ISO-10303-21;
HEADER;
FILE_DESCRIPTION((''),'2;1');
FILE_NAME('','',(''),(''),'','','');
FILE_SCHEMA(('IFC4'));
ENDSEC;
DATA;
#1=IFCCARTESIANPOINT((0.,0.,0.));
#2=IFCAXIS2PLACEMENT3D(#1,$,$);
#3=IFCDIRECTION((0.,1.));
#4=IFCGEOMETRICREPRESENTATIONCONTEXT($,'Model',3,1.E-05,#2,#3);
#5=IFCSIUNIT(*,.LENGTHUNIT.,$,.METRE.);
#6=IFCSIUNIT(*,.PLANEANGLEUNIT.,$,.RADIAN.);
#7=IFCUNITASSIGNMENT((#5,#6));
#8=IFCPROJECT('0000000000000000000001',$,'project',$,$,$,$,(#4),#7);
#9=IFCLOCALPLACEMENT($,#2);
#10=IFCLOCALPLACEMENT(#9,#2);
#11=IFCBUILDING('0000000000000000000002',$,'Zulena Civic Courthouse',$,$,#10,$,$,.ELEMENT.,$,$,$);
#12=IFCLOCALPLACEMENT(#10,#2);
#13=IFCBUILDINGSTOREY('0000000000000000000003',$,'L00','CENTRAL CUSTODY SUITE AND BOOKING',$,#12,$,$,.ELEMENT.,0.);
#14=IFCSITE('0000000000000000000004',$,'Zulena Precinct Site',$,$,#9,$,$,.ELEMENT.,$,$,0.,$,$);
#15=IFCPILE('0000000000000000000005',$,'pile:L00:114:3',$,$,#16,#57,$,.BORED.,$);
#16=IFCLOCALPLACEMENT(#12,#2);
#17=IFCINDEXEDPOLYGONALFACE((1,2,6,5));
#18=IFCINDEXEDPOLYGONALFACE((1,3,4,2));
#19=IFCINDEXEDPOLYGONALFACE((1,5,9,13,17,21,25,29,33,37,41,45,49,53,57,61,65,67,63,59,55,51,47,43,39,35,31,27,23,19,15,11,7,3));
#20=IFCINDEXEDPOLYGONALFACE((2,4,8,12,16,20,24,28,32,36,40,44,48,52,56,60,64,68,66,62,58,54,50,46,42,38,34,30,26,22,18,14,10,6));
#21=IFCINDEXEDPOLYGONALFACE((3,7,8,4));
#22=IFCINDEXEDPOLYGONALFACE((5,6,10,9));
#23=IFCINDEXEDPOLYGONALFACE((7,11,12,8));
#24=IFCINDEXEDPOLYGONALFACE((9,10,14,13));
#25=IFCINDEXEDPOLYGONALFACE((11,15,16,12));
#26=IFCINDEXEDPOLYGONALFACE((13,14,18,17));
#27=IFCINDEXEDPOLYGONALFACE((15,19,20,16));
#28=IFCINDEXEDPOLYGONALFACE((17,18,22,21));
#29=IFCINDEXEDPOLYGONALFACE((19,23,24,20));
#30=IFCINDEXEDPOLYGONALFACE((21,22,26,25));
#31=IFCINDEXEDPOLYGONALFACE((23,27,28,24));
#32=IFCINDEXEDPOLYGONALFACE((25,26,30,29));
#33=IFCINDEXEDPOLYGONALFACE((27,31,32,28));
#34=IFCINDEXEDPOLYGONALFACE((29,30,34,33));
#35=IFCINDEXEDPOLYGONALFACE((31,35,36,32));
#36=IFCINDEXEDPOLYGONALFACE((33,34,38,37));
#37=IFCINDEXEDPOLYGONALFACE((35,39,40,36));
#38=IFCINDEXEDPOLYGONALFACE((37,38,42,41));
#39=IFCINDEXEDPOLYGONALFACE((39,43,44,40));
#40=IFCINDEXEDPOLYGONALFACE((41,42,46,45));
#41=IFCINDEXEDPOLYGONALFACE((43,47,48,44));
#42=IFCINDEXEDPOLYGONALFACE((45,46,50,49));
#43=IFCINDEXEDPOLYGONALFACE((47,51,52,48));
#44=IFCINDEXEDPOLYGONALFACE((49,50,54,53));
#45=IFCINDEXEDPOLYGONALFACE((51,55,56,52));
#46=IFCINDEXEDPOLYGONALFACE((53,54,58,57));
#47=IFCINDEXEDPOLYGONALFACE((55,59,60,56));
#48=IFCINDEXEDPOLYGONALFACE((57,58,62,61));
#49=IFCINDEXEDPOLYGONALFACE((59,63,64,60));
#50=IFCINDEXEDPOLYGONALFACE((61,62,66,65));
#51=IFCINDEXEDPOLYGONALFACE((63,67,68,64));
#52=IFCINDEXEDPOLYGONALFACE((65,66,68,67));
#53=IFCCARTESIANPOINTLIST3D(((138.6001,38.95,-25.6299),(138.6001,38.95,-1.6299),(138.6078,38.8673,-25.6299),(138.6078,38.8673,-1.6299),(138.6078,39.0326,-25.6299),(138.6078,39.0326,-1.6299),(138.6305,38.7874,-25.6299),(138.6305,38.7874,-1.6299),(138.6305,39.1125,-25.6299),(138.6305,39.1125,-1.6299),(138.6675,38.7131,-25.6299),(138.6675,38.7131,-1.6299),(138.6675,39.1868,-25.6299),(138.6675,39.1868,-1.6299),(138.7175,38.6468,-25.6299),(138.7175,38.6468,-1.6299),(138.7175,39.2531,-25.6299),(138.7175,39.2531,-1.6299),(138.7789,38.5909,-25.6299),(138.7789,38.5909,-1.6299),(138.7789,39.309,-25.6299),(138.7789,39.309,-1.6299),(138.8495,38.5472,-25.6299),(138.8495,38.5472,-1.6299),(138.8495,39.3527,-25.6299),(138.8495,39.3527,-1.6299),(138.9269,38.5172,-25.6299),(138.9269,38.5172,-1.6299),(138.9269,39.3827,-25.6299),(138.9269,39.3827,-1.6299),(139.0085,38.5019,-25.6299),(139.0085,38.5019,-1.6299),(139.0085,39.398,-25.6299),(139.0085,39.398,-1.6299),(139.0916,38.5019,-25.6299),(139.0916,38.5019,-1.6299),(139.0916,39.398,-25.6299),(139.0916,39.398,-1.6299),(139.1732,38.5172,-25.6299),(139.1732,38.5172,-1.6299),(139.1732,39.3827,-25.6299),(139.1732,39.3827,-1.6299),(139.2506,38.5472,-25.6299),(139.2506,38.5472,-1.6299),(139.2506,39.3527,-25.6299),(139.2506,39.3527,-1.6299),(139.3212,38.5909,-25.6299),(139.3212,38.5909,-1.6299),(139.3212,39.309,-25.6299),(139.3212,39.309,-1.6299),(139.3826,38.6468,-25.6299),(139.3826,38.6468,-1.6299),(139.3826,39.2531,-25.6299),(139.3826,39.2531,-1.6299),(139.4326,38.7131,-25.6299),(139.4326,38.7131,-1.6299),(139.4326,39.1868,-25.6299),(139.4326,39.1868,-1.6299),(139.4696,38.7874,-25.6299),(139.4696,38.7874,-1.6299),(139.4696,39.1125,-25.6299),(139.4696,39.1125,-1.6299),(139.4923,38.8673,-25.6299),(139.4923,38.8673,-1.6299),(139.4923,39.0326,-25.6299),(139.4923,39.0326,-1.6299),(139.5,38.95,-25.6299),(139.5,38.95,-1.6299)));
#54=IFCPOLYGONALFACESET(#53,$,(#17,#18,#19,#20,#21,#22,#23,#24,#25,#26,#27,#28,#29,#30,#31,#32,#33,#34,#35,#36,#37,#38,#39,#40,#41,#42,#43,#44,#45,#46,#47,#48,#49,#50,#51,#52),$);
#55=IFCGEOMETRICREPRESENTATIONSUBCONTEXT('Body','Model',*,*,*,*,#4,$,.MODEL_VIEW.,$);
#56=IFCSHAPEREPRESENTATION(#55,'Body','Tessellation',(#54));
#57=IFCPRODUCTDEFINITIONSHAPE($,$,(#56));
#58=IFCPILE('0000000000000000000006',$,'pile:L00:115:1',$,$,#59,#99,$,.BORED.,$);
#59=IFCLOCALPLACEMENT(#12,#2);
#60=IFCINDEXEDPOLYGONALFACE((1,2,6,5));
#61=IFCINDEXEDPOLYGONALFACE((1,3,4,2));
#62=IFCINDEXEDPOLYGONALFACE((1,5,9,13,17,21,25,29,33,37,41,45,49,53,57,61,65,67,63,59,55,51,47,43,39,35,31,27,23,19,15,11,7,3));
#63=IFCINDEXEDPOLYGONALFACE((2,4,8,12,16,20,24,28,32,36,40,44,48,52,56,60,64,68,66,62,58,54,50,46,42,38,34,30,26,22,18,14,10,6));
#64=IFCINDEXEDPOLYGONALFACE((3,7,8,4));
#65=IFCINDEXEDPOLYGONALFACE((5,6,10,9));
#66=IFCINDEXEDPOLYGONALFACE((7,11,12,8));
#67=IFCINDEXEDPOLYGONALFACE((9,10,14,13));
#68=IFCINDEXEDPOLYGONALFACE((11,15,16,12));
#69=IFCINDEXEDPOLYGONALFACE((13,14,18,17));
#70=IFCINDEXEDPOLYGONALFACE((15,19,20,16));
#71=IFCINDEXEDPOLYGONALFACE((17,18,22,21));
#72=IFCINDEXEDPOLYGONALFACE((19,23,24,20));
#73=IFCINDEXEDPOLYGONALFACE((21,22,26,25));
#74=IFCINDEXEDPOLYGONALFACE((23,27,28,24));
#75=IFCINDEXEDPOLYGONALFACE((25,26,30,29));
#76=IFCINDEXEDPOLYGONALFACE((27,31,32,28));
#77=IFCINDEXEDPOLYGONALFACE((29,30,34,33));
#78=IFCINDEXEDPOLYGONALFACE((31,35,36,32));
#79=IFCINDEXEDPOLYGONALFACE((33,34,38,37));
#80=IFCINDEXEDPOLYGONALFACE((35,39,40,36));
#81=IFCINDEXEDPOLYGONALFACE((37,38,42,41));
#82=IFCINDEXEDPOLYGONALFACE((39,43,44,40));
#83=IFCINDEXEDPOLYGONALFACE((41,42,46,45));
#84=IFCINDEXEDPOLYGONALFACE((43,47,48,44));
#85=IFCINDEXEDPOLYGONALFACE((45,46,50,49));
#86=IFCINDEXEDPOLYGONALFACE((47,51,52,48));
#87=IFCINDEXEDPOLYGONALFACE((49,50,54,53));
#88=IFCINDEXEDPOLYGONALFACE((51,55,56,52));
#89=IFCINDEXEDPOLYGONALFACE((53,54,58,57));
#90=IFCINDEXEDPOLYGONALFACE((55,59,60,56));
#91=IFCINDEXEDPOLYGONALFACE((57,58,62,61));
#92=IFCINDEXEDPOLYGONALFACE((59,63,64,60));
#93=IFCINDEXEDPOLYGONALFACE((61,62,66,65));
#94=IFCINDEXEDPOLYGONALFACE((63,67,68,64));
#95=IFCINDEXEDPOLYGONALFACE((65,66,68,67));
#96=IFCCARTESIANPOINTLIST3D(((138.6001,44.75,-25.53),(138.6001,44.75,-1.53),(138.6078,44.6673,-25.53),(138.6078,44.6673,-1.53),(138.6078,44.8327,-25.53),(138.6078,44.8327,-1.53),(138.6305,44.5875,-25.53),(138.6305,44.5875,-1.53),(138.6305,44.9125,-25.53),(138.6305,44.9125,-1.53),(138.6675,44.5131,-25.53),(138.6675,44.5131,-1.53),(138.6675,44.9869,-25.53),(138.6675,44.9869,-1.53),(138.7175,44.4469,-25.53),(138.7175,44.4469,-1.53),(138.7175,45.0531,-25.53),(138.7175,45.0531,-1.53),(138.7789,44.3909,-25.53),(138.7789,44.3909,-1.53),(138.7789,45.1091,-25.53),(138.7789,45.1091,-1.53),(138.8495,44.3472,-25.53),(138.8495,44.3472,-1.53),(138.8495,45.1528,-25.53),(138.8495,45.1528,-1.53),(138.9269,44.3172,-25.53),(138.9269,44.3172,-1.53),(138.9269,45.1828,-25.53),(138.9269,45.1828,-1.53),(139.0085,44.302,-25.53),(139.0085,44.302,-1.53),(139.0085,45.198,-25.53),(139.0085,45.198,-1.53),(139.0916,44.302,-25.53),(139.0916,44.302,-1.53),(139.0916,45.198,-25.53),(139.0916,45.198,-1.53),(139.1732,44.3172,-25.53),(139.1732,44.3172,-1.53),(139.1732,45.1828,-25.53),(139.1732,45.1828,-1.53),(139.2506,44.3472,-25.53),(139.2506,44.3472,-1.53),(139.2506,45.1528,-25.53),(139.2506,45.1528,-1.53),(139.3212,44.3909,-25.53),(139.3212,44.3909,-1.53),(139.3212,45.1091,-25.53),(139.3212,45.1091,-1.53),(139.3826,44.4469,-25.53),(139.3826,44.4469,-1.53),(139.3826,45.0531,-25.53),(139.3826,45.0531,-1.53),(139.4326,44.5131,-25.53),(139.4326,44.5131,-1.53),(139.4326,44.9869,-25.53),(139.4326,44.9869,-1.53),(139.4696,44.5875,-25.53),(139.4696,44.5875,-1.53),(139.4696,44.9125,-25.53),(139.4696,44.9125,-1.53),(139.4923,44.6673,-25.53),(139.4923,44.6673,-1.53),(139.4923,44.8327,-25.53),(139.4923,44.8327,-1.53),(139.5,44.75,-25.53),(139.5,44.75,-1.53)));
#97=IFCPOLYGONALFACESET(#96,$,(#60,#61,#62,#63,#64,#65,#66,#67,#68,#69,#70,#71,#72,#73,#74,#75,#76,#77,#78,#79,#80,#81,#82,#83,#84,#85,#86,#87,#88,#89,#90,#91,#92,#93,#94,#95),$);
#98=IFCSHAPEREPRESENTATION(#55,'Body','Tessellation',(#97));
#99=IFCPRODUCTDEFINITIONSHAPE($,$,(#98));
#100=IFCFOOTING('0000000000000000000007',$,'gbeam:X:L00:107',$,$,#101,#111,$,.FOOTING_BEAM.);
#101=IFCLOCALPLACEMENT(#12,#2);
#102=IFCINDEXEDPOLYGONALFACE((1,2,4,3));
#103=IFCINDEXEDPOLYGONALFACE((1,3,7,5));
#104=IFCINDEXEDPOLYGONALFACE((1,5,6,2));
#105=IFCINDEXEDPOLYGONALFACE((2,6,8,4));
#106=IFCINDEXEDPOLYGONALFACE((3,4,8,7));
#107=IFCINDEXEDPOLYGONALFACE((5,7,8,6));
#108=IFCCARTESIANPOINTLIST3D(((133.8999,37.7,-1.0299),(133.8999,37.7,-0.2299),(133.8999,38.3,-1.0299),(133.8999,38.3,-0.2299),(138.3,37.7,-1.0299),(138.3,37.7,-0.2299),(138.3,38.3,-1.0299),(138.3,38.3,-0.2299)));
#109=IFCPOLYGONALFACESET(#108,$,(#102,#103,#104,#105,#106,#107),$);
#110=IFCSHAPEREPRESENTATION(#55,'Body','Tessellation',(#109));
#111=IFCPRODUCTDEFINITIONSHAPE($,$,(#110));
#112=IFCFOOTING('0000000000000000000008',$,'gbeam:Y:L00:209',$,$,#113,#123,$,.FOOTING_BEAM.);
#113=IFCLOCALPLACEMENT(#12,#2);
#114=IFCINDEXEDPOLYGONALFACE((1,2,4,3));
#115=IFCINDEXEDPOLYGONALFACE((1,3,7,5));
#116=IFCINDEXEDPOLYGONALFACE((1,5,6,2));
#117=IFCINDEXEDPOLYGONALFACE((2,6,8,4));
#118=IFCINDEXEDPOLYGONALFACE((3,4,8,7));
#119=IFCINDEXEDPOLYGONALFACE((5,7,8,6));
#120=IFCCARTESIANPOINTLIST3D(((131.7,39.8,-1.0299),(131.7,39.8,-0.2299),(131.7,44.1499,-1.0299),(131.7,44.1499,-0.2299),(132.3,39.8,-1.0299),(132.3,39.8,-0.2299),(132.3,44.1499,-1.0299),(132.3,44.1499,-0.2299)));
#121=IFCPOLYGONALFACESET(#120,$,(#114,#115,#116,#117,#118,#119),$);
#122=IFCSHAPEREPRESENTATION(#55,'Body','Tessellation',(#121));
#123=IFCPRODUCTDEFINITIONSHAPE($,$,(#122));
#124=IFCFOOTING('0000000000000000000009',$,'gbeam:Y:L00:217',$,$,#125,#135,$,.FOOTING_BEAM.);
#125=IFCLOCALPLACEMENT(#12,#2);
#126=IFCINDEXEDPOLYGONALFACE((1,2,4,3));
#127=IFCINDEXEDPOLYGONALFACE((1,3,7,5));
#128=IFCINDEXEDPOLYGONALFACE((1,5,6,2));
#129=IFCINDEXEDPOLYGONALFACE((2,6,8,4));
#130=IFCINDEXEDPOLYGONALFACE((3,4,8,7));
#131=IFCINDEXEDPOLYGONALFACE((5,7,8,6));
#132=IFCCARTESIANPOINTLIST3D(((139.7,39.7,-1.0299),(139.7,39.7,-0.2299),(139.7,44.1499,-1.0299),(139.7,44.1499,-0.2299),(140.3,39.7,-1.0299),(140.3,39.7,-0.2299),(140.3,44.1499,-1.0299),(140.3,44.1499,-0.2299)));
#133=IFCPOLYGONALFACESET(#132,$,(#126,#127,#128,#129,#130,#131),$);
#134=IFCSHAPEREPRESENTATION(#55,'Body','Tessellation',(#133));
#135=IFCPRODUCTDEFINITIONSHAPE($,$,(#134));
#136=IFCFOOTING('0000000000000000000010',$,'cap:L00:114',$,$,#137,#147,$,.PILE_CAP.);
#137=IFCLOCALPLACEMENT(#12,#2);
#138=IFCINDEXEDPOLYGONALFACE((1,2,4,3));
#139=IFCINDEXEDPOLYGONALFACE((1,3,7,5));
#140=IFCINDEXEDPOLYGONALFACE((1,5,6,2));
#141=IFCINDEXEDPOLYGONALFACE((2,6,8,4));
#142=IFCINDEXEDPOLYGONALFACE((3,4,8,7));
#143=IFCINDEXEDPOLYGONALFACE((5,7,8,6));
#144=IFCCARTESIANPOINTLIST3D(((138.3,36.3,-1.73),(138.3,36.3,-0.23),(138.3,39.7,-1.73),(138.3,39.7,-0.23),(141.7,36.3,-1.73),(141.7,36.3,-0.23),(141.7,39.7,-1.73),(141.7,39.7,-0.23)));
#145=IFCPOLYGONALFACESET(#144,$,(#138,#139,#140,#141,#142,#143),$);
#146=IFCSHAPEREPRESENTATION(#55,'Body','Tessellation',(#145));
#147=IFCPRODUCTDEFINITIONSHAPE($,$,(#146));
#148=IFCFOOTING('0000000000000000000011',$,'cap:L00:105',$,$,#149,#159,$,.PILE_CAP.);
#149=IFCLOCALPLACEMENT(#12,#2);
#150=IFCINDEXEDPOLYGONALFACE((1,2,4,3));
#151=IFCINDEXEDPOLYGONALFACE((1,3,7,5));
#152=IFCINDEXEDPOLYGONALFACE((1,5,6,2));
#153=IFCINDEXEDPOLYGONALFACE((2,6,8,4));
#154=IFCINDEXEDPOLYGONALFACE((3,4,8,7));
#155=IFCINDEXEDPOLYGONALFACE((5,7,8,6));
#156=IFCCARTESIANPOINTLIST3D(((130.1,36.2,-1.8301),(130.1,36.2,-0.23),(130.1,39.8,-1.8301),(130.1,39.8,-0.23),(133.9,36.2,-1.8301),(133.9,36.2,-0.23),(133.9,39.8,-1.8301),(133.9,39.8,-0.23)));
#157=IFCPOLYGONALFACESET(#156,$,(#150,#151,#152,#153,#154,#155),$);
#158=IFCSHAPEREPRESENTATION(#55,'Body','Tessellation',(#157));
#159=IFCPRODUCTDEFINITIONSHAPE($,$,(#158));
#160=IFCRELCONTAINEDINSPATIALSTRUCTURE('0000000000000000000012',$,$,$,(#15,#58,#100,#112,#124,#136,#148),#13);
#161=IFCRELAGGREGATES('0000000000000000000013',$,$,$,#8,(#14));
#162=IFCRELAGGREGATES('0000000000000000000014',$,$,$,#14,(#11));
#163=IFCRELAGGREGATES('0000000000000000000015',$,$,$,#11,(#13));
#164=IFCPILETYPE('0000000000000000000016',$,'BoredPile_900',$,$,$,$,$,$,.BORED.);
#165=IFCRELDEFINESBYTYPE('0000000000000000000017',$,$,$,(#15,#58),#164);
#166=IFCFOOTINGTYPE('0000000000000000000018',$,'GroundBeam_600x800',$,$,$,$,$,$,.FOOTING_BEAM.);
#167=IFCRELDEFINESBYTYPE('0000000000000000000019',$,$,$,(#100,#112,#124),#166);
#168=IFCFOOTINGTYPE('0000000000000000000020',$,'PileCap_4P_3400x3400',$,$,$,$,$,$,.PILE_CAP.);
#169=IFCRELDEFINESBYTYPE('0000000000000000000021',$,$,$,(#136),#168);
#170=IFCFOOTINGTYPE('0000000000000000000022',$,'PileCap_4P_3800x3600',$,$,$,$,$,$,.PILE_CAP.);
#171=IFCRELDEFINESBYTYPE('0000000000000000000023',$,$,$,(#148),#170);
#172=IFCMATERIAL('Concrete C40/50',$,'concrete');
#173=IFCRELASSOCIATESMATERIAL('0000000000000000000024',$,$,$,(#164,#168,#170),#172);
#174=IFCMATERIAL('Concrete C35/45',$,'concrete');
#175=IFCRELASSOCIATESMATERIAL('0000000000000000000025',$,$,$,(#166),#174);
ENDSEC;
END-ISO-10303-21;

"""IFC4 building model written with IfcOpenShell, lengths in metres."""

from ifc_helpers import new_model, si_unit, direction, frame, origin, origin_2d, place, context, subcontext, project, spatial, rectangle, circle, extrude, material, material_profile, profile_set, type_object, element, save


model = new_model("IFC4")

# Units and contexts
model_context = context("Model", 3, precision=1e-05, world=origin(), true_north=direction((0.0, 1.0)))
body_context = subcontext(model_context, "Body", "Model", "MODEL_VIEW")
ifc_project = project(units=[si_unit("LENGTHUNIT", "METRE"), si_unit("PLANEANGLEUNIT", "RADIAN")], contexts=[model_context])

# Site, building, storey
site_placement = place(None, origin())
site = spatial("IfcSite", under=ifc_project, at=site_placement, Name="Zulena Precinct Site", CompositionType="ELEMENT", RefElevation=0.0)
building_placement = place(site_placement, origin())
building = spatial("IfcBuilding", under=site, at=building_placement, Name="Zulena Civic Courthouse", CompositionType="ELEMENT")
storey_placement = place(building_placement, origin())
storey = spatial("IfcBuildingStorey", under=building, at=storey_placement, Name="L00", Description="CENTRAL CUSTODY SUITE AND BOOKING", CompositionType="ELEMENT", Elevation=0.0)

# Piles
ifc_material_1 = material(Name="Concrete C40/50", Category="concrete")
ifc_material_profile_1 = material_profile(ifc_material_1, circle(Radius=0.45, at=origin_2d()), Name="PILE900")
ifc_profile_set_1 = profile_set([ifc_material_profile_1], Name="Concrete C40/50")
pile_type = type_object("IfcPileType", Name="BoredPile_900", PredefinedType="BORED", material=ifc_profile_set_1)
for number, where, z_axis, x_axis, name in (
    (1, (139.05, 38.95, -1.6299), (0.0, 0.0, -1.0), (1.0, 0.0, 0.0), "pile:L00:114:3"),
    (2, (139.05, 44.75, -1.53), (0.0, 0.0, -1.0), (1.0, 0.0, 0.0), "pile:L00:115:1"),
):
    element("IfcPile", number, at=place(storey_placement, frame(where, z_axis=z_axis, x_axis=x_axis)), inside=storey, type_object=pile_type, Name=name, PredefinedType="BORED", context=body_context, shape_type="SweptSolid", body=[
        extrude(circle(Radius=0.45, at=origin_2d()), origin(), (0.0, 0.0, 1.0), 24.0),
    ])

# Footings
ifc_material_2 = material(Name="Concrete C35/45", Category="concrete")
ifc_material_profile_2 = material_profile(ifc_material_2, rectangle(XDim=0.6001, YDim=0.8, at=origin_2d()), Name="RC600X800")
ifc_profile_set_2 = profile_set([ifc_material_profile_2], Name="Concrete C35/45")
footing_type_1 = type_object("IfcFootingType", Name="GroundBeam_600x800", PredefinedType="FOOTING_BEAM", material=ifc_profile_set_2)
footing_1_placement = place(storey_placement, frame((133.8999, 38.0, -0.6299), z_axis=(1.0, 0.0, 0.0), x_axis=(0.0, 1.0, 0.0)))
element("IfcFooting", 3, at=footing_1_placement, inside=storey, type_object=footing_type_1, Name="gbeam:X:L00:107", PredefinedType="FOOTING_BEAM", context=body_context, shape_type="SweptSolid", body=[
    extrude(rectangle(XDim=0.6001, YDim=0.8, at=origin_2d()), origin(), (0.0, 0.0, 1.0), 4.4001),
])
footing_2_placement = place(storey_placement, frame((132.0, 39.8, -0.6299), z_axis=(0.0, 1.0, 0.0), x_axis=(-1.0, 0.0, 0.0)))
element("IfcFooting", 4, at=footing_2_placement, inside=storey, type_object=footing_type_1, Name="gbeam:Y:L00:209", PredefinedType="FOOTING_BEAM", context=body_context, shape_type="SweptSolid", body=[
    extrude(rectangle(XDim=0.6001, YDim=0.8, at=origin_2d()), origin(), (0.0, 0.0, 1.0), 4.3499),
])
footing_3_placement = place(storey_placement, frame((140.0, 39.7, -0.6299), z_axis=(0.0, 1.0, 0.0), x_axis=(-1.0, 0.0, 0.0)))
element("IfcFooting", 5, at=footing_3_placement, inside=storey, type_object=footing_type_1, Name="gbeam:Y:L00:217", PredefinedType="FOOTING_BEAM", context=body_context, shape_type="SweptSolid", body=[
    extrude(rectangle(XDim=0.6001, YDim=0.8, at=origin_2d()), origin(), (0.0, 0.0, 1.0), 4.45),
])
footing_type_2 = type_object("IfcFootingType", Name="PileCap_4P_3400x3400", PredefinedType="PILE_CAP", material=ifc_material_1)
footing_4_placement = place(storey_placement, frame((140.0, 38.0, -1.73), z_axis=(0.0, 0.0, 1.0), x_axis=(1.0, 0.0, 0.0)))
element("IfcFooting", 6, at=footing_4_placement, inside=storey, type_object=footing_type_2, Name="cap:L00:114", PredefinedType="PILE_CAP", context=body_context, shape_type="SweptSolid", body=[
    extrude(rectangle(XDim=3.3999, YDim=3.3999, at=origin_2d()), origin(), (0.0, 0.0, 1.0), 1.5),
])
footing_type_3 = type_object("IfcFootingType", Name="PileCap_4P_3800x3600", PredefinedType="PILE_CAP", material=ifc_material_1)
footing_5_placement = place(storey_placement, frame((132.0, 38.0, -1.8301), z_axis=(0.0, 0.0, 1.0), x_axis=(1.0, 0.0, 0.0)))
element("IfcFooting", 7, at=footing_5_placement, inside=storey, type_object=footing_type_3, Name="cap:L00:105", PredefinedType="PILE_CAP", context=body_context, shape_type="SweptSolid", body=[
    extrude(rectangle(XDim=3.8, YDim=3.6001, at=origin_2d()), origin(), (0.0, 0.0, 1.0), 1.6001),
])

save(model, "model.ifc")
